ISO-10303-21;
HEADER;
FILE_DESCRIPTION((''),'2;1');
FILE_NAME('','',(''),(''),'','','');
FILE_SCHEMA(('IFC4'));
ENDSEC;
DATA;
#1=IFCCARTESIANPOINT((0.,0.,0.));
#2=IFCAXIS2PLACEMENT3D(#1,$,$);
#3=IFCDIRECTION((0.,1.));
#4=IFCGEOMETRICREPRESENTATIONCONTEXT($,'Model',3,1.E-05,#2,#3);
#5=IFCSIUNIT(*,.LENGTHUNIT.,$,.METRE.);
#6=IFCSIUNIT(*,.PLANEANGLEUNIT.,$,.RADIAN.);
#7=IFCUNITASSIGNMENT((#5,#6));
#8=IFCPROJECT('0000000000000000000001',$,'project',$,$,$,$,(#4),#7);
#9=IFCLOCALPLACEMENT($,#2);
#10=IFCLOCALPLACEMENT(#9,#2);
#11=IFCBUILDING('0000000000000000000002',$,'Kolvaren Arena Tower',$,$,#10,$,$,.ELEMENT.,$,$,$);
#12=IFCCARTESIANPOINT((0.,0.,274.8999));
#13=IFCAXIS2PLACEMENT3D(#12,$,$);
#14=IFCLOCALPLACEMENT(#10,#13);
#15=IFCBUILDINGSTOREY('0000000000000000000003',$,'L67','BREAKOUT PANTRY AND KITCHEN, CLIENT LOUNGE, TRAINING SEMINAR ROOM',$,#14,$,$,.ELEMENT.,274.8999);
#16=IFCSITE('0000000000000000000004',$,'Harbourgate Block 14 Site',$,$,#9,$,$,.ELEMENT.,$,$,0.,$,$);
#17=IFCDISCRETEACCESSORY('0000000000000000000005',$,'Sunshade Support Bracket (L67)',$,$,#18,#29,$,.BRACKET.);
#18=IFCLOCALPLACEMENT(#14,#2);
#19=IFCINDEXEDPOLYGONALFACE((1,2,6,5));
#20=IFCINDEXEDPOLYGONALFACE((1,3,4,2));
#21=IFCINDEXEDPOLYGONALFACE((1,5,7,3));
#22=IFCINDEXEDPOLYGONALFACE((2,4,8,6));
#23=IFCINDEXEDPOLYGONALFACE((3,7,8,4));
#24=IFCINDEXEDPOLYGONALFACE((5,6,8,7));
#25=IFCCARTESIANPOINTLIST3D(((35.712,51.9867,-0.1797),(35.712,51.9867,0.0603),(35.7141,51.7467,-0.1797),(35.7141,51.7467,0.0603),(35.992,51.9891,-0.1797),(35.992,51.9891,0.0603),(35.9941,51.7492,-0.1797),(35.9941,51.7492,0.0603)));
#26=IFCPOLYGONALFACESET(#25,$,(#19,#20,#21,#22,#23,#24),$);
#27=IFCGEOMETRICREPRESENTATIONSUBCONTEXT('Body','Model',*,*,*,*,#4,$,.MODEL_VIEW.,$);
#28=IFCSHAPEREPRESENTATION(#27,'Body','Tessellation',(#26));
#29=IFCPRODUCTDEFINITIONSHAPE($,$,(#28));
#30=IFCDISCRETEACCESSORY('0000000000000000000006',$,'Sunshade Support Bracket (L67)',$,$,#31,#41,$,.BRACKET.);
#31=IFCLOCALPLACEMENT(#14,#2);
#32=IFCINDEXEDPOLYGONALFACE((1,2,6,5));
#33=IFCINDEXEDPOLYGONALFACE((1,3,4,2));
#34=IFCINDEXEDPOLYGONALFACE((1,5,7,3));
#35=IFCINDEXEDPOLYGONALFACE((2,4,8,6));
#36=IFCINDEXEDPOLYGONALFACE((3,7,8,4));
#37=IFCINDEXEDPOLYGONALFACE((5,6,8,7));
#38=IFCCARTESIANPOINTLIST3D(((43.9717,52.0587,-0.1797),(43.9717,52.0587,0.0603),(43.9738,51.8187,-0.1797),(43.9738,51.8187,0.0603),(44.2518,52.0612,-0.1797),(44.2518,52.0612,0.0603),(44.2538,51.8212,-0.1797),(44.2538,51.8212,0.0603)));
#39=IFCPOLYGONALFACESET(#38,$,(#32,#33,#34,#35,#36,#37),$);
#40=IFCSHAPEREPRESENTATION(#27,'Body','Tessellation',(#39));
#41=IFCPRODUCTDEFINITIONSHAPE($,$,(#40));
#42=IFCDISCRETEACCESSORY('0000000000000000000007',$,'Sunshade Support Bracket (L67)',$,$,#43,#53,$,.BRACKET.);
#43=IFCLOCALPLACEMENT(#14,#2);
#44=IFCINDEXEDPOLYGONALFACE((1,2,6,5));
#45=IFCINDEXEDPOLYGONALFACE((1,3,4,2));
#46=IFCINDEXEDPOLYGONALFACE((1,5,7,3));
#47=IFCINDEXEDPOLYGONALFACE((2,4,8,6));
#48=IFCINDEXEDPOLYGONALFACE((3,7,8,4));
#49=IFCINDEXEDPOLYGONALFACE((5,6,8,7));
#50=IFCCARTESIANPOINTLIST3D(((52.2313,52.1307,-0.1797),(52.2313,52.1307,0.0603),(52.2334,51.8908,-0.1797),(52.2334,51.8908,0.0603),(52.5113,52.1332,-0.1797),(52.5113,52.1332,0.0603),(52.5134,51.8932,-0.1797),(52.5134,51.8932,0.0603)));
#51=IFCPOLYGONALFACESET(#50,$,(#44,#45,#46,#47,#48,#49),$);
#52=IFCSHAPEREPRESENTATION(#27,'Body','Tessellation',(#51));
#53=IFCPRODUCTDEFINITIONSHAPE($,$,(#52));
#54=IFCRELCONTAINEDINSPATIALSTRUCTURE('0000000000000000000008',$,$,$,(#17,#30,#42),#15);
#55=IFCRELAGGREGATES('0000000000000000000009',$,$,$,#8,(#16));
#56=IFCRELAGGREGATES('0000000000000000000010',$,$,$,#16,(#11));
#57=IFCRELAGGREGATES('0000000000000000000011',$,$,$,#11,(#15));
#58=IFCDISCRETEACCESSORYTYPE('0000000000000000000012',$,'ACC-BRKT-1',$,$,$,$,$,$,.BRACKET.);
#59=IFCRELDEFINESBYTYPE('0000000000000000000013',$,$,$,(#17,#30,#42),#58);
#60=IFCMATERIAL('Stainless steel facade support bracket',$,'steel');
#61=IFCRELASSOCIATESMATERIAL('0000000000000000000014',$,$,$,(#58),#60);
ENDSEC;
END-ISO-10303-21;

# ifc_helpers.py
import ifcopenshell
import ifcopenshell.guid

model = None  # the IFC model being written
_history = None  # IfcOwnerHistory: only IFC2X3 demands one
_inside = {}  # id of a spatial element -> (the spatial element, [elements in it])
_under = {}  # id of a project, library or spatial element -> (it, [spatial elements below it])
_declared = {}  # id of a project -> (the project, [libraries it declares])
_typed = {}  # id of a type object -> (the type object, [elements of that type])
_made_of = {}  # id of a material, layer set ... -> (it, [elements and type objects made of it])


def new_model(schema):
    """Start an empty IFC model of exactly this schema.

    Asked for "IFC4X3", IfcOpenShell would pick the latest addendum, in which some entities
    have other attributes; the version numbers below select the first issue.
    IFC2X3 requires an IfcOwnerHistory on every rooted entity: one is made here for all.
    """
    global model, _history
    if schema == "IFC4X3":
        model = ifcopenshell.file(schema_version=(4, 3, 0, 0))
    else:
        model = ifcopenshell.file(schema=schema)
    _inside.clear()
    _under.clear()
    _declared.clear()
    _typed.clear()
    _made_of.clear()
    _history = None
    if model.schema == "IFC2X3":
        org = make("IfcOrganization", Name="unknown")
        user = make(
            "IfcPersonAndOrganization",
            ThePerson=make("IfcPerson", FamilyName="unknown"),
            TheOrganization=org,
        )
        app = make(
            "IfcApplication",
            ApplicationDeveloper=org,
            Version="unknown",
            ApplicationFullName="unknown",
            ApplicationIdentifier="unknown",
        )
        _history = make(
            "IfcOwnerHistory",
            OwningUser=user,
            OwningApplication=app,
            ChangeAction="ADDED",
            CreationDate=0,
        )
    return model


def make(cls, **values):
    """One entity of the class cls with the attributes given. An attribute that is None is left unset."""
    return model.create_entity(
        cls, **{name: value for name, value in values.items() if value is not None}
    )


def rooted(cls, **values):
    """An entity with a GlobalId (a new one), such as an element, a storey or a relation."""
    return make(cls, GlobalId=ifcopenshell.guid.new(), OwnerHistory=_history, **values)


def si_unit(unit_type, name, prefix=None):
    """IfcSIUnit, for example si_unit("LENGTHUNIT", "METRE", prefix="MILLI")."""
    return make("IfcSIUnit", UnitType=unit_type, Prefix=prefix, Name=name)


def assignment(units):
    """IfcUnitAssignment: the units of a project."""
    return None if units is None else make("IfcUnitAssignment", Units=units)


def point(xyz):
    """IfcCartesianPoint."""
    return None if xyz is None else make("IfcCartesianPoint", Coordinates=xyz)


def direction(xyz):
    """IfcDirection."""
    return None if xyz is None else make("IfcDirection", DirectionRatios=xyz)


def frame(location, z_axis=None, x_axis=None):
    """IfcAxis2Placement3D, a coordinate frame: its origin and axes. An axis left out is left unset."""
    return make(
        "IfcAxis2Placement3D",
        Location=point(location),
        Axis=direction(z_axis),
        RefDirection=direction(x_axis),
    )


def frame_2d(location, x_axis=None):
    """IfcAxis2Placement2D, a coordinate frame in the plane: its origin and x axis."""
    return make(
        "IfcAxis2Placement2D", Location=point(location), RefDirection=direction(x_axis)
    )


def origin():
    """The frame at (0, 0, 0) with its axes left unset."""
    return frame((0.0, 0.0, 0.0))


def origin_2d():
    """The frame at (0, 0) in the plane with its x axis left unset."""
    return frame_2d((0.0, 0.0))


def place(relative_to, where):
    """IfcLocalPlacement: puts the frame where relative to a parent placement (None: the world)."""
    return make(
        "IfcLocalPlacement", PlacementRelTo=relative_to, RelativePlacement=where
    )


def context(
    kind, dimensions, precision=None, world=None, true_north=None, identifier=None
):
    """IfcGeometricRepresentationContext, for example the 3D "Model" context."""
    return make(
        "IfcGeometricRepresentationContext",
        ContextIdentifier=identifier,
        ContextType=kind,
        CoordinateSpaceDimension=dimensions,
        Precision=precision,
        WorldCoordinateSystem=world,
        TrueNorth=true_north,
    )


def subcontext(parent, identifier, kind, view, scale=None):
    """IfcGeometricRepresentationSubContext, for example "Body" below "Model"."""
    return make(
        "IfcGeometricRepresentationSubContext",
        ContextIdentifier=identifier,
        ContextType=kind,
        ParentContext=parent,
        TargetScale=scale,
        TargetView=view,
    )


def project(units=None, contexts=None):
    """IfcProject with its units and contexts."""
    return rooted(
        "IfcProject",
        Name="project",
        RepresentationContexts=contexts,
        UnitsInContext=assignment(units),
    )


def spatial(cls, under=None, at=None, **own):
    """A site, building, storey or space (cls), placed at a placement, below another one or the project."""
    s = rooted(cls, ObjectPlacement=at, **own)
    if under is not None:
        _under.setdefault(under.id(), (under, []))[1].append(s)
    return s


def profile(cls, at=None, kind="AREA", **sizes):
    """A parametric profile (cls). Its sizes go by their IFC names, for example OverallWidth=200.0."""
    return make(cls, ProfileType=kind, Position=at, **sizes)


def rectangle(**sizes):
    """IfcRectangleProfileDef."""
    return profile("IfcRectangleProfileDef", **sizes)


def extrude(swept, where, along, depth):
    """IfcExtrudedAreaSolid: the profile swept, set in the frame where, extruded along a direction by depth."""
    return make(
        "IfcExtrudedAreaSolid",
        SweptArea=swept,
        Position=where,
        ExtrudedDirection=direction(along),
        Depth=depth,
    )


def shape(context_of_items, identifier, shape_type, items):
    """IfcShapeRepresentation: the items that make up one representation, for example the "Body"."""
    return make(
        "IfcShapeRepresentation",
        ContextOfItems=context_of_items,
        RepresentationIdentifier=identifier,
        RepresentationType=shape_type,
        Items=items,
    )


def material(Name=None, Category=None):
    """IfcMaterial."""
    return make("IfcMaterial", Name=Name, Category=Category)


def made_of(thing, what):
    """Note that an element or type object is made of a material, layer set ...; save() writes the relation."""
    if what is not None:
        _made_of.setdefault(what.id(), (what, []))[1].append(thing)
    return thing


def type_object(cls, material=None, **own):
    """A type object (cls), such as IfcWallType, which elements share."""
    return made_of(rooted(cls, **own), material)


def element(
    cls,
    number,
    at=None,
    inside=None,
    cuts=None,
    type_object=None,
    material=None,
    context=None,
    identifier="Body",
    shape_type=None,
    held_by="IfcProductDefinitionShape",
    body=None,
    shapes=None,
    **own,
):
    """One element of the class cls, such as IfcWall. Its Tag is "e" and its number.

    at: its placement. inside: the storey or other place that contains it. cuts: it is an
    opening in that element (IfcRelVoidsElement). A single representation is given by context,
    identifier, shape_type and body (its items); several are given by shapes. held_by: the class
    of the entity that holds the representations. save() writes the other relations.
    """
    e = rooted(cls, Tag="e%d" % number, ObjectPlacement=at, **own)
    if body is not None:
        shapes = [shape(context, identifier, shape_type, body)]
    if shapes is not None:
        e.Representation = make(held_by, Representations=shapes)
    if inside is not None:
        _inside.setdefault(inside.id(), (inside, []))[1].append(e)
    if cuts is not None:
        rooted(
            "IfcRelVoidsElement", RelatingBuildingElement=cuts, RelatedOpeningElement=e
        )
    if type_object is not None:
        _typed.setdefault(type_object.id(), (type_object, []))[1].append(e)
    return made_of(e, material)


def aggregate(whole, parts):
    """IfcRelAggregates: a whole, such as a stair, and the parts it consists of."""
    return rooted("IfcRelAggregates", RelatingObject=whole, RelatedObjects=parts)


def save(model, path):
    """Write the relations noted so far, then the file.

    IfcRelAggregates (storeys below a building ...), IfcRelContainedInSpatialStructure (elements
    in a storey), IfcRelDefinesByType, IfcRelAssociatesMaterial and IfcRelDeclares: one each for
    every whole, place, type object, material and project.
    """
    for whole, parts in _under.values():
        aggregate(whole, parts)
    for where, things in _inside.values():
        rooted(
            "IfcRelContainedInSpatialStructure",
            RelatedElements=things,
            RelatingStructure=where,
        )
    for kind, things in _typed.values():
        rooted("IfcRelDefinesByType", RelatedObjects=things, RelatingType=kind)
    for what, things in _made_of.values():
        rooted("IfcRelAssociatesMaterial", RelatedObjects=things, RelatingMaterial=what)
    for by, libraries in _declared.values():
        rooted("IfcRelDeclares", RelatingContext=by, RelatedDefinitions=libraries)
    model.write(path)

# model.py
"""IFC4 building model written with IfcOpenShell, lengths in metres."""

from ifc_helpers import new_model, si_unit, direction, frame, origin, origin_2d, place, context, subcontext, project, spatial, rectangle, extrude, material, type_object, element, save


model = new_model("IFC4")

# Units and contexts
model_context = context("Model", 3, precision=1e-05, world=origin(), true_north=direction((0.0, 1.0)))
body_context = subcontext(model_context, "Body", "Model", "MODEL_VIEW")
ifc_project = project(units=[si_unit("LENGTHUNIT", "METRE"), si_unit("PLANEANGLEUNIT", "RADIAN")], contexts=[model_context])

# Site, building, storey
site_placement = place(None, origin())
site = spatial("IfcSite", under=ifc_project, at=site_placement, Name="Harbourgate Block 14 Site", CompositionType="ELEMENT", RefElevation=0.0)
building_placement = place(site_placement, origin())
building = spatial("IfcBuilding", under=site, at=building_placement, Name="Kolvaren Arena Tower", CompositionType="ELEMENT")
storey_placement = place(building_placement, frame((0.0, 0.0, 274.8999)))
storey = spatial("IfcBuildingStorey", under=building, at=storey_placement, Name="L67", Description="BREAKOUT PANTRY AND KITCHEN, CLIENT LOUNGE, TRAINING SEMINAR ROOM", CompositionType="ELEMENT", Elevation=274.8999)

# Discrete accessories
ifc_material_1 = material(Name="Stainless steel facade support bracket", Category="steel")
discrete_accessory_type = type_object("IfcDiscreteAccessoryType", Name="ACC-BRKT-1", PredefinedType="BRACKET", material=ifc_material_1)
for number, where, z_axis, x_axis, name in (
    (1, (35.853, 51.8679, -0.1797), (0.0, 0.0, 1.0), (0.999962, 0.008727, 0.0), "Sunshade Support Bracket (L67)"),
    (2, (44.1128, 51.9399, -0.1797), (0.0, 0.0, 1.0), (0.999962, 0.008727, 0.0), "Sunshade Support Bracket (L67)"),
    (3, (52.3723, 52.012, -0.1797), (0.0, 0.0, 1.0), (0.999962, 0.008727, 0.0), "Sunshade Support Bracket (L67)"),
):
    element("IfcDiscreteAccessory", number, at=place(storey_placement, frame(where, z_axis=z_axis, x_axis=x_axis)), inside=storey, type_object=discrete_accessory_type, Name=name, PredefinedType="BRACKET", context=body_context, shape_type="SweptSolid", body=[
        extrude(rectangle(XDim=0.28, YDim=0.24, at=origin_2d()), origin(), (0.0, 0.0, 1.0), 0.24),
    ])

save(model, "model.ifc")
